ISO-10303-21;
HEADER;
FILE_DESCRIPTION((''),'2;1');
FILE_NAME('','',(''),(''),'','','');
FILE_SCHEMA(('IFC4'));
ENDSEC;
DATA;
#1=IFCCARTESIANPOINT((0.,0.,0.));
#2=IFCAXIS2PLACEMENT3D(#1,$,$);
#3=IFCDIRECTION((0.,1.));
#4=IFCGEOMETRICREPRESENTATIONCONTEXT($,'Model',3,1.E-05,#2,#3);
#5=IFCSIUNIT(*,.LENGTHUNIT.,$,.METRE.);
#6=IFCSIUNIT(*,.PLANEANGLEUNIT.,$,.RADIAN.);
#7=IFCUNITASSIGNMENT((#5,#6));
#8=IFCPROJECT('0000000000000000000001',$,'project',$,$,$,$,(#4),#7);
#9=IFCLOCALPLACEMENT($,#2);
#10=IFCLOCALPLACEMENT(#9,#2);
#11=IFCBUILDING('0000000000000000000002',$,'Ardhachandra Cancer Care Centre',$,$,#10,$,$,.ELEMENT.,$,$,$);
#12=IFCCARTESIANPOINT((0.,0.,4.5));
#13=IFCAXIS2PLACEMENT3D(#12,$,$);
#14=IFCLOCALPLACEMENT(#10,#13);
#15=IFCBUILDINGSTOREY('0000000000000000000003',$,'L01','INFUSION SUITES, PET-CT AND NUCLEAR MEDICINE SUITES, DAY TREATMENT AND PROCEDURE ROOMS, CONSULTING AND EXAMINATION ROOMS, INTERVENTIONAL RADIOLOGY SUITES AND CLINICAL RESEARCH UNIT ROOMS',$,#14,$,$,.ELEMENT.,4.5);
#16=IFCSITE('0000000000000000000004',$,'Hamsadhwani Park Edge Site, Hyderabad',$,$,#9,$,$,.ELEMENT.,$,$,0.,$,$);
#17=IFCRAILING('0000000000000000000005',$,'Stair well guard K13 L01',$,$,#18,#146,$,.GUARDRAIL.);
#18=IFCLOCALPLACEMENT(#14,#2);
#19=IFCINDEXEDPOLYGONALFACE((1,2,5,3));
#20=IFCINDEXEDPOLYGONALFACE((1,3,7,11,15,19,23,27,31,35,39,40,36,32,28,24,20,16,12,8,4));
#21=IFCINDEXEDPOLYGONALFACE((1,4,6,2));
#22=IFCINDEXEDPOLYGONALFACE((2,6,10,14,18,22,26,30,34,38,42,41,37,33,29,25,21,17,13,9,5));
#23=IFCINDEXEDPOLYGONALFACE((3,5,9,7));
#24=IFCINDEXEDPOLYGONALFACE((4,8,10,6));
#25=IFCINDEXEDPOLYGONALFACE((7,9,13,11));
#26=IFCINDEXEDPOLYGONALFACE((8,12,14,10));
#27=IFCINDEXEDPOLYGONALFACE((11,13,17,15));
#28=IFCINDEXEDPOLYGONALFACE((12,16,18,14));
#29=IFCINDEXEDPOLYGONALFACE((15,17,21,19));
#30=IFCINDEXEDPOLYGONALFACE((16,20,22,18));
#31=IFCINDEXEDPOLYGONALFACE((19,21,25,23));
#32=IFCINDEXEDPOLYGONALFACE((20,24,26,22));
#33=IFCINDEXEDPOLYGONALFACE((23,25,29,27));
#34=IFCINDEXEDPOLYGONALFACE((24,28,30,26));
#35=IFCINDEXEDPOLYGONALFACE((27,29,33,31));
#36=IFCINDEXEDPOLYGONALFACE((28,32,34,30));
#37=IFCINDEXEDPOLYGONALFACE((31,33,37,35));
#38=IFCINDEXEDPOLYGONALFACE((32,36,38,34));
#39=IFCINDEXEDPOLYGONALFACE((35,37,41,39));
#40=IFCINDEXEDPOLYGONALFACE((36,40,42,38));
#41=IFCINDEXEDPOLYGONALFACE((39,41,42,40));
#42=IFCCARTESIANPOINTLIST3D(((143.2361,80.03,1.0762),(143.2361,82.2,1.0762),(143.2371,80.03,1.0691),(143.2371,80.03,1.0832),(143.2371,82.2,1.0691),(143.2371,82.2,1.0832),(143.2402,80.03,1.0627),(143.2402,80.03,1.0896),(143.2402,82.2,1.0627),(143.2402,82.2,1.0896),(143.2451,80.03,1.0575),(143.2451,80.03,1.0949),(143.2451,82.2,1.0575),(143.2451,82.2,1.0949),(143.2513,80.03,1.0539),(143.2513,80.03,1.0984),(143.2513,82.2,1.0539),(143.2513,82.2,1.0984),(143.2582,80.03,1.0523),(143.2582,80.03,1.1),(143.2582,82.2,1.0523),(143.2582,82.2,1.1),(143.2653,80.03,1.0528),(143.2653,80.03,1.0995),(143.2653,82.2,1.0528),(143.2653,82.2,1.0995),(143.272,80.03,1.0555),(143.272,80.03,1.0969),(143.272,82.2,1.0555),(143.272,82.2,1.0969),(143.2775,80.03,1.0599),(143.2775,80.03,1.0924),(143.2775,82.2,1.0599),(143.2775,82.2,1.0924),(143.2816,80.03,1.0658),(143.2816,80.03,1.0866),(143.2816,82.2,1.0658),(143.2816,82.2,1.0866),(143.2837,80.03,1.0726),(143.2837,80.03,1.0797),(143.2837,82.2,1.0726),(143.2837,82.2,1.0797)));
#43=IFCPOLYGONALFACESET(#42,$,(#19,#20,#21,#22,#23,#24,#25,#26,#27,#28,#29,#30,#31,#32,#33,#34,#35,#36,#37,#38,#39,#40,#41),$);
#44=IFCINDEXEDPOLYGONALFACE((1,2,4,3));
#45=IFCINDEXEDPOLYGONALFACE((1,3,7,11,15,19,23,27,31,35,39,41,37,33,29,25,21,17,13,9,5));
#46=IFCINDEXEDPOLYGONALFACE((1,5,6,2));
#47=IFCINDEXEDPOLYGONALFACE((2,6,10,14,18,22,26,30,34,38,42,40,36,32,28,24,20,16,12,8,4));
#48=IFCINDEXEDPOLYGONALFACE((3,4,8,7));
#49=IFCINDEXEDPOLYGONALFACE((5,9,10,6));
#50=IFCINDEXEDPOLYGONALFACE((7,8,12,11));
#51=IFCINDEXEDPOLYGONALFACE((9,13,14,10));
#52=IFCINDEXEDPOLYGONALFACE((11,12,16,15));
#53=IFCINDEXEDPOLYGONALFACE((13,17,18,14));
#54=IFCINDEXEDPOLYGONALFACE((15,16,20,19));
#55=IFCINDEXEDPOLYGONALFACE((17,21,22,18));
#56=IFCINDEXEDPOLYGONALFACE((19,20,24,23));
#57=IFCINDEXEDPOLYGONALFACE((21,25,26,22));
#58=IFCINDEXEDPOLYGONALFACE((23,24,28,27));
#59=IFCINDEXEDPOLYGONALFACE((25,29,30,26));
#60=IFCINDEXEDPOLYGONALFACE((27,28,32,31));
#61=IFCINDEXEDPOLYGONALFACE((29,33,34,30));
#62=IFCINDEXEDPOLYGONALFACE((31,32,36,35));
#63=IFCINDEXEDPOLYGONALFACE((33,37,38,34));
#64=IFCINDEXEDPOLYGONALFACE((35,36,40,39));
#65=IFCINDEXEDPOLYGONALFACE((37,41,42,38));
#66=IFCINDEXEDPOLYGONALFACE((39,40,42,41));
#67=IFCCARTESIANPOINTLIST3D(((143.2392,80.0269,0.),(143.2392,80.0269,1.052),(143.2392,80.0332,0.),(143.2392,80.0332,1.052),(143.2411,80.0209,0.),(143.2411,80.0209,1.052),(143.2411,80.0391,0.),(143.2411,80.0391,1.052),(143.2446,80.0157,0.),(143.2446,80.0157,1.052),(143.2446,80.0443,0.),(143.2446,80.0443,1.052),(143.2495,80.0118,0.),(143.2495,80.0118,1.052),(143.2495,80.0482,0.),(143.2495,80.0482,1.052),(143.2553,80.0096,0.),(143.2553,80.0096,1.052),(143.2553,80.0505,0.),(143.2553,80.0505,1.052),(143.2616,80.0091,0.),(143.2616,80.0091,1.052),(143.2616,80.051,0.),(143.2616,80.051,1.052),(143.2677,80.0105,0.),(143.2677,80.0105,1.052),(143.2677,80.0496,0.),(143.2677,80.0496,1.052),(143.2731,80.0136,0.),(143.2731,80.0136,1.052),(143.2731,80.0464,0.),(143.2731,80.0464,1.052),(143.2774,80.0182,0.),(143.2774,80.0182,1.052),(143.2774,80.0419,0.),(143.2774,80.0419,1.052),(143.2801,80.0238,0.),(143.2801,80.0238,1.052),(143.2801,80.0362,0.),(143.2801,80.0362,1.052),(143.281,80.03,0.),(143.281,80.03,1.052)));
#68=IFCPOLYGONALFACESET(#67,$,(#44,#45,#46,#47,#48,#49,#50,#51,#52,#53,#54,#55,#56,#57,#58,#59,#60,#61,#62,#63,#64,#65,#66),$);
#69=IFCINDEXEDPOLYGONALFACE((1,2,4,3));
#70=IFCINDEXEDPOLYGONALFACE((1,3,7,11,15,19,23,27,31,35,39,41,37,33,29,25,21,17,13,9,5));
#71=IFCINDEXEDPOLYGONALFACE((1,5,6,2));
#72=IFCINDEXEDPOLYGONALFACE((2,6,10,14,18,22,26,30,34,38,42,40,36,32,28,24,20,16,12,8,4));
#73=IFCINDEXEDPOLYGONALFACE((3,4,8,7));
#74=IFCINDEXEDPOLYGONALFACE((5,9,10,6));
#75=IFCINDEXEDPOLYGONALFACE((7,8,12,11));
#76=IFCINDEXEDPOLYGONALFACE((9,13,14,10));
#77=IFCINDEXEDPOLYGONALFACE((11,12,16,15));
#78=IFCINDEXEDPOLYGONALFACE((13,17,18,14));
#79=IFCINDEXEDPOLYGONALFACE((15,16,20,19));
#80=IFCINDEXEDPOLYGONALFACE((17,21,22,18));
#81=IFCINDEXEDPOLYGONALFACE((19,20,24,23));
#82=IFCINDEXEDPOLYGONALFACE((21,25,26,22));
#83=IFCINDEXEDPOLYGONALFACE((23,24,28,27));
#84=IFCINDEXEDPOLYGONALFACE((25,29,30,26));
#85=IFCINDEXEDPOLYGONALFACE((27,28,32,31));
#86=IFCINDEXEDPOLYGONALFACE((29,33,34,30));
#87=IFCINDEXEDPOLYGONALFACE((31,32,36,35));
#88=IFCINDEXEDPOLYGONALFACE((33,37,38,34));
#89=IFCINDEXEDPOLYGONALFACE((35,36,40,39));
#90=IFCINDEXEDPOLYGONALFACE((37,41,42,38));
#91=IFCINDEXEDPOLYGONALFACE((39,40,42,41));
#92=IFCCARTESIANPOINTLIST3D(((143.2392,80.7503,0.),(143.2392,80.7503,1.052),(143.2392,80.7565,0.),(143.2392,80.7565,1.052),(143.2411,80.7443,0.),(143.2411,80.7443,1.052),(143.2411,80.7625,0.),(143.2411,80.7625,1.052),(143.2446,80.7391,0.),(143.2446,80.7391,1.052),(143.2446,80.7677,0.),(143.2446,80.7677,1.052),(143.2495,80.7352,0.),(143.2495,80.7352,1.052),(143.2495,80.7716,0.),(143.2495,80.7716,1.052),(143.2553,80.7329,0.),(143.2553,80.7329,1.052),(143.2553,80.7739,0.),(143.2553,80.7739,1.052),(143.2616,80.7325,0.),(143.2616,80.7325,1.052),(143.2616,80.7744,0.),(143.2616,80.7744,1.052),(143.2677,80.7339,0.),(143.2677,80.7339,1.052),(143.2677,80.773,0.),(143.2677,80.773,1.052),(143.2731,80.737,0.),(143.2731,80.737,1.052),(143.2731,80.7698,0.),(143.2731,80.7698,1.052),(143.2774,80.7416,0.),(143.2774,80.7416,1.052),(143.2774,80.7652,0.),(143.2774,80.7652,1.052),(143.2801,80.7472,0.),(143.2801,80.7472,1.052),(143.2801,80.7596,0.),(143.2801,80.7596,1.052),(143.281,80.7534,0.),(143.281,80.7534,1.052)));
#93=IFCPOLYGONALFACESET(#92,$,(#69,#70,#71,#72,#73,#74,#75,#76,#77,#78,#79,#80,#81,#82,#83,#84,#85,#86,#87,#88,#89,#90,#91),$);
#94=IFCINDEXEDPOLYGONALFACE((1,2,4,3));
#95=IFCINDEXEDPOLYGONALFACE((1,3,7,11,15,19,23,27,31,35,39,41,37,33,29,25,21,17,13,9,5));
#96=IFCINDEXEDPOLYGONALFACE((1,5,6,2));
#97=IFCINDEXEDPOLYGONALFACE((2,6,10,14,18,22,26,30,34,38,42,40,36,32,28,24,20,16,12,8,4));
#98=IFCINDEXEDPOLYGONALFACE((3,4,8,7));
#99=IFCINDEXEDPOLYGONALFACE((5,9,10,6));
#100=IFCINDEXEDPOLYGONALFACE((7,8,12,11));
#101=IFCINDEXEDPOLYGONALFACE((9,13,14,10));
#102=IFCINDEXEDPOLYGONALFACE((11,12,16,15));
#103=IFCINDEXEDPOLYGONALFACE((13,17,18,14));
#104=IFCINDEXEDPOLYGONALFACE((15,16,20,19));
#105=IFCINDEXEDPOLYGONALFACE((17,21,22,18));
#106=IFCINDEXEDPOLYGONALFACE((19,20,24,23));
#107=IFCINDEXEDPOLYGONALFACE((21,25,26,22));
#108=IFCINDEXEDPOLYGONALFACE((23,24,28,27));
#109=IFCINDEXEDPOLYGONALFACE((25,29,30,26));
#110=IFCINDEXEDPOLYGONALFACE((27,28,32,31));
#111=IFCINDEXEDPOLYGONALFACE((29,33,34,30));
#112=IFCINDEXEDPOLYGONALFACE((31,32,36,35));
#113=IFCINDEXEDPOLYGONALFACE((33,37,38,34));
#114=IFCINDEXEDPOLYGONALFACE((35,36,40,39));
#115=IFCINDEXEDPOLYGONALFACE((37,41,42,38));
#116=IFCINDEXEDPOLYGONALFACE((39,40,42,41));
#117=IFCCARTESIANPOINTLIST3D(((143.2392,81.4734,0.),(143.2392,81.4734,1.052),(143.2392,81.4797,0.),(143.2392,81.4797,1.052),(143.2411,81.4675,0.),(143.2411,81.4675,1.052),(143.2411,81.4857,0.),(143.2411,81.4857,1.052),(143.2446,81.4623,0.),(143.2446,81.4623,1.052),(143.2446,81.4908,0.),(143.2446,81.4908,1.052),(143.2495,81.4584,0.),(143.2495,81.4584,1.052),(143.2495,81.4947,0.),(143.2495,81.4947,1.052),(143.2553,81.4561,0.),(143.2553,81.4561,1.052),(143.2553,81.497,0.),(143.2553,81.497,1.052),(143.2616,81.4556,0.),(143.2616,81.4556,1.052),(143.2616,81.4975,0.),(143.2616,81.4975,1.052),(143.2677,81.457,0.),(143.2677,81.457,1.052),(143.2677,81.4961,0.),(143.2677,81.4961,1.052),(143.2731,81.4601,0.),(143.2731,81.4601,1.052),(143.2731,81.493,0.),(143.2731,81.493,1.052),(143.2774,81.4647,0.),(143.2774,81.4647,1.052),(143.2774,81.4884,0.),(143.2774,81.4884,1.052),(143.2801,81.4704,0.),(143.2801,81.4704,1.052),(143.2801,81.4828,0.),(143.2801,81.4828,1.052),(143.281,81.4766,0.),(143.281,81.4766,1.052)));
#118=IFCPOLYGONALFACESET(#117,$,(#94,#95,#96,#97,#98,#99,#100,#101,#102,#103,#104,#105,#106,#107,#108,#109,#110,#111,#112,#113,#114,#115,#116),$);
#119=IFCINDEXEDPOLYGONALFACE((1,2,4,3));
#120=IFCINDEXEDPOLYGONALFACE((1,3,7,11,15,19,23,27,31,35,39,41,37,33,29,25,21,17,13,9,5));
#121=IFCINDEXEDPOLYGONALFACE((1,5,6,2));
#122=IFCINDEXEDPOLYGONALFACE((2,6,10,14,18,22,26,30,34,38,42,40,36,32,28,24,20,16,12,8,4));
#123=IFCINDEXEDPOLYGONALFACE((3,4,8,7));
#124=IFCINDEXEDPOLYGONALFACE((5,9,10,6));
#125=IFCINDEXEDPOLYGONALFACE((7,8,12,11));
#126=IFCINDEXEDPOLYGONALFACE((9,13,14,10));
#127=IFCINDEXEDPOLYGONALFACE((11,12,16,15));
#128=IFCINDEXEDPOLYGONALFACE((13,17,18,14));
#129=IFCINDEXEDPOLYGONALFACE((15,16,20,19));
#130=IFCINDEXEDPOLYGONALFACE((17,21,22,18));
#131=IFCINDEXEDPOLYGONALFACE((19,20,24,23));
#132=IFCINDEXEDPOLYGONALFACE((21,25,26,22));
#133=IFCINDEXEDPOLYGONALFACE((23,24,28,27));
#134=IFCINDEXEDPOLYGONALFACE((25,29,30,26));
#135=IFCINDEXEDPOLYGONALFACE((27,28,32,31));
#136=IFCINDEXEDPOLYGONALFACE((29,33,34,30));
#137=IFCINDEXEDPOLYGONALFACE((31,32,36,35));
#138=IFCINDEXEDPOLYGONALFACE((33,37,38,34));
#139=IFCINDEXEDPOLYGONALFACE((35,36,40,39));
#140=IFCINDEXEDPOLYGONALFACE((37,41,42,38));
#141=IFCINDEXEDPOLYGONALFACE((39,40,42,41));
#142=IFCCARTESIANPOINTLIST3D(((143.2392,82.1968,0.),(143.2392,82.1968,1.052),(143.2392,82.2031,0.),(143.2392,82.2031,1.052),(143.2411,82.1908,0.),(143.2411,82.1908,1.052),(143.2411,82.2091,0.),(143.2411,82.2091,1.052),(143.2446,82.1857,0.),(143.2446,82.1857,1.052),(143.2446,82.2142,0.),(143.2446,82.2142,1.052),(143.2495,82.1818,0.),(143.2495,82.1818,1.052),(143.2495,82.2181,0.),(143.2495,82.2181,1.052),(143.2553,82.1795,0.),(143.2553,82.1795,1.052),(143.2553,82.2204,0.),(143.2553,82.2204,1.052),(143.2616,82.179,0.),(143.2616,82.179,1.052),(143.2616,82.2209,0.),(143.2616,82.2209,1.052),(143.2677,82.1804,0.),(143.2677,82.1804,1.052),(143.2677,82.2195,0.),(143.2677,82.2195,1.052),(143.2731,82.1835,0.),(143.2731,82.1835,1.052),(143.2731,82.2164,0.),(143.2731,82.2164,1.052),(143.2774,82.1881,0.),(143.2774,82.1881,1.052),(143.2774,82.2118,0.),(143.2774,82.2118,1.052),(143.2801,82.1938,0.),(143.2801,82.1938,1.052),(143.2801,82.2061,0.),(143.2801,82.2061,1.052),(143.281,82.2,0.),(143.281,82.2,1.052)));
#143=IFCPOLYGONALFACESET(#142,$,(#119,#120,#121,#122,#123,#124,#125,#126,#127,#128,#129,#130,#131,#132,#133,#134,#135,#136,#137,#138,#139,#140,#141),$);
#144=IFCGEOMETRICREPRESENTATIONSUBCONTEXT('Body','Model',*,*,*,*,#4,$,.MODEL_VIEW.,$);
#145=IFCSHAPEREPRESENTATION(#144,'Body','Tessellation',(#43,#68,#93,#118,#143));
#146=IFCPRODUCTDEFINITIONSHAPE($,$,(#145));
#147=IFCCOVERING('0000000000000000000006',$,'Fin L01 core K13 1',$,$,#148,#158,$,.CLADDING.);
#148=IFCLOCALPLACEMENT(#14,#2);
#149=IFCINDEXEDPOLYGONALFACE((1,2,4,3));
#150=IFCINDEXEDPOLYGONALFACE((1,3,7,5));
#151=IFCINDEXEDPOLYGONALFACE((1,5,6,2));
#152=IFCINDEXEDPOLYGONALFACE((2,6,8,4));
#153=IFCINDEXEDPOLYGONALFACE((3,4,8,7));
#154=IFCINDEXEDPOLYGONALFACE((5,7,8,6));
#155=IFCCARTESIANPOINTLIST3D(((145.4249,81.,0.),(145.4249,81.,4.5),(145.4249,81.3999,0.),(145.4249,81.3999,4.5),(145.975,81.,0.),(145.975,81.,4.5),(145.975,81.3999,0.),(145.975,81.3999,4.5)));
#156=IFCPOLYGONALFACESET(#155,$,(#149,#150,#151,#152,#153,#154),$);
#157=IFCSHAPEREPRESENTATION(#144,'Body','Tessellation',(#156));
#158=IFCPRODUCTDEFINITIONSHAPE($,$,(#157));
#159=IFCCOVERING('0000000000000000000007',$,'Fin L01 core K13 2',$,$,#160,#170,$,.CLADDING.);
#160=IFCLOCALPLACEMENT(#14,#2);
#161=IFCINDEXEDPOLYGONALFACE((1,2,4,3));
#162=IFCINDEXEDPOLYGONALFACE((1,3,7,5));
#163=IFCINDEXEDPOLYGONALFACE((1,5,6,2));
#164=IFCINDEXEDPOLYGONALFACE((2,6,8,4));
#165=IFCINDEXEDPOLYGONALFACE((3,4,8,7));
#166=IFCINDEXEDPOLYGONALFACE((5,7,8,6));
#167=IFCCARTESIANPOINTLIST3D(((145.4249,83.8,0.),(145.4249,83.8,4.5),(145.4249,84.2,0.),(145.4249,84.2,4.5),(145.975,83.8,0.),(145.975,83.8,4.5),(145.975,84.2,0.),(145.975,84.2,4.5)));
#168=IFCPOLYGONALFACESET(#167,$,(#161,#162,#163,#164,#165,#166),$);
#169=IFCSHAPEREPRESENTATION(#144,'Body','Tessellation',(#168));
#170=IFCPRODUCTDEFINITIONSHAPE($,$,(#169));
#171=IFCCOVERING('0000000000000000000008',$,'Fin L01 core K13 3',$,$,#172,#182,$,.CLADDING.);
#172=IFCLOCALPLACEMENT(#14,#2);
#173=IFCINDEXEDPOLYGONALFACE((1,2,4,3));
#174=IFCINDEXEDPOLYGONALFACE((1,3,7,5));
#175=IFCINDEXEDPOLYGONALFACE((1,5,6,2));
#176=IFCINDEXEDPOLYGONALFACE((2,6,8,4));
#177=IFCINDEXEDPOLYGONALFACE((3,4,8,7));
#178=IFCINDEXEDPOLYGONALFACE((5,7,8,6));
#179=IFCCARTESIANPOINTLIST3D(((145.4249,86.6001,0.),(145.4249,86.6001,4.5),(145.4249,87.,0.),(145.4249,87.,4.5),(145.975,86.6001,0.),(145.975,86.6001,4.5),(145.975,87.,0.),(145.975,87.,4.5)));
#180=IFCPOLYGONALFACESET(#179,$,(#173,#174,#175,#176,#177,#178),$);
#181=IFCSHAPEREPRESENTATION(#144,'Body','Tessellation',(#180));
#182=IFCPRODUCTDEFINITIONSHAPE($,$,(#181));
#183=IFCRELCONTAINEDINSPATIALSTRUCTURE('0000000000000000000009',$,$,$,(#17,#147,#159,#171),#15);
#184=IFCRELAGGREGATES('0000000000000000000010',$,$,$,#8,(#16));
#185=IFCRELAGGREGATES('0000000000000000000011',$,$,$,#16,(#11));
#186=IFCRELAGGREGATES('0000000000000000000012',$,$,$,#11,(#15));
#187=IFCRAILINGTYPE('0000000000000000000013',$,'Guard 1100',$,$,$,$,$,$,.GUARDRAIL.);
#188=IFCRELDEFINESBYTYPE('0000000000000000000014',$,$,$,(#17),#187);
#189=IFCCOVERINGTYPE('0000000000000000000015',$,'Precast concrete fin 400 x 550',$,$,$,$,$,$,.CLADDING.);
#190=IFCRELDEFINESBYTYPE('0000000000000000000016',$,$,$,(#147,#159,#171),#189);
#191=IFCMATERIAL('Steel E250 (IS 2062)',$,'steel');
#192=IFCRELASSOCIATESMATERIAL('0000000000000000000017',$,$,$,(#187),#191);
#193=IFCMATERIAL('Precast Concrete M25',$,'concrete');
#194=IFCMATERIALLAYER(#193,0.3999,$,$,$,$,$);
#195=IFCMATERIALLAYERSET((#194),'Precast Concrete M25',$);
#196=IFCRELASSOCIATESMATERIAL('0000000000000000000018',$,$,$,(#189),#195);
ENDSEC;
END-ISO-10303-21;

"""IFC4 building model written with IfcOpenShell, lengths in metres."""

from ifc_helpers import new_model, si_unit, direction, frame, origin, origin_2d, place, context, subcontext, project, spatial, rectangle, circle, extrude, material, layer, layer_set, type_object, element, save


model = new_model("IFC4")

# Units and contexts
model_context = context("Model", 3, precision=1e-05, world=origin(), true_north=direction((0.0, 1.0)))
body_context = subcontext(model_context, "Body", "Model", "MODEL_VIEW")
ifc_project = project(units=[si_unit("LENGTHUNIT", "METRE"), si_unit("PLANEANGLEUNIT", "RADIAN")], contexts=[model_context])

# Site, building, storey
site_placement = place(None, origin())
site = spatial("IfcSite", under=ifc_project, at=site_placement, Name="Hamsadhwani Park Edge Site, Hyderabad", CompositionType="ELEMENT", RefElevation=0.0)
building_placement = place(site_placement, origin())
building = spatial("IfcBuilding", under=site, at=building_placement, Name="Ardhachandra Cancer Care Centre", CompositionType="ELEMENT")
storey_placement = place(building_placement, frame((0.0, 0.0, 4.5)))
storey = spatial("IfcBuildingStorey", under=building, at=storey_placement, Name="L01", Description="INFUSION SUITES, PET-CT AND NUCLEAR MEDICINE SUITES, DAY TREATMENT AND PROCEDURE ROOMS, CONSULTING AND EXAMINATION ROOMS, INTERVENTIONAL RADIOLOGY SUITES AND CLINICAL RESEARCH UNIT ROOMS", CompositionType="ELEMENT", Elevation=4.5)

# Railing
ifc_material_1 = material(Name="Steel E250 (IS 2062)", Category="steel")
railing_type_1 = type_object("IfcRailingType", Name="Guard 1100", PredefinedType="GUARDRAIL", material=ifc_material_1)
railing_placement = place(storey_placement, frame((143.26, 80.03, 0.0)))
element("IfcRailing", 1, at=railing_placement, inside=storey, type_object=railing_type_1, Name="Stair well guard K13 L01", PredefinedType="GUARDRAIL", context=body_context, shape_type="SweptSolid", body=[
    extrude(circle(Radius=0.0239, at=origin_2d()), frame((0.0, 0.0, 1.0762), z_axis=(0.0, 1.0, 0.0), x_axis=(-1.0, 0.0, 0.0)), (0.0, 0.0, 1.0), 2.1699),
    extrude(circle(Radius=0.021, at=origin_2d()), origin(), (0.0, 0.0, 1.0), 1.052),
    extrude(circle(Radius=0.021, at=origin_2d()), frame((0.0, 0.7234, 0.0)), (0.0, 0.0, 1.0), 1.052),
    extrude(circle(Radius=0.021, at=origin_2d()), frame((0.0, 1.4465, 0.0)), (0.0, 0.0, 1.0), 1.052),
    extrude(circle(Radius=0.021, at=origin_2d()), frame((0.0, 2.1699, 0.0)), (0.0, 0.0, 1.0), 1.052),
])

# Coverings
ifc_material_2 = material(Name="Precast Concrete M25", Category="concrete")
ifc_layer_1 = layer(ifc_material_2, 0.3999)
ifc_layer_set_1 = layer_set([ifc_layer_1], Name="Precast Concrete M25")
covering_type = type_object("IfcCoveringType", Name="Precast concrete fin 400 x 550", PredefinedType="CLADDING", material=ifc_layer_set_1)
for number, where, z_axis, x_axis, name in (
    (2, (145.7, 81.2, 0.0), (0.0, 0.0, 1.0), (0.0, 1.0, 0.0), "Fin L01 core K13 1"),
    (3, (145.7, 84.0, 0.0), (0.0, 0.0, 1.0), (0.0, 1.0, 0.0), "Fin L01 core K13 2"),
    (4, (145.7, 86.8, 0.0), (0.0, 0.0, 1.0), (0.0, 1.0, 0.0), "Fin L01 core K13 3"),
):
    element("IfcCovering", number, at=place(storey_placement, frame(where, z_axis=z_axis, x_axis=x_axis)), inside=storey, type_object=covering_type, Name=name, PredefinedType="CLADDING", context=body_context, shape_type="SweptSolid", body=[
        extrude(rectangle(XDim=0.3999, YDim=0.55, at=origin_2d()), origin(), (0.0, 0.0, 1.0), 4.5),
    ])

save(model, "model.ifc")
